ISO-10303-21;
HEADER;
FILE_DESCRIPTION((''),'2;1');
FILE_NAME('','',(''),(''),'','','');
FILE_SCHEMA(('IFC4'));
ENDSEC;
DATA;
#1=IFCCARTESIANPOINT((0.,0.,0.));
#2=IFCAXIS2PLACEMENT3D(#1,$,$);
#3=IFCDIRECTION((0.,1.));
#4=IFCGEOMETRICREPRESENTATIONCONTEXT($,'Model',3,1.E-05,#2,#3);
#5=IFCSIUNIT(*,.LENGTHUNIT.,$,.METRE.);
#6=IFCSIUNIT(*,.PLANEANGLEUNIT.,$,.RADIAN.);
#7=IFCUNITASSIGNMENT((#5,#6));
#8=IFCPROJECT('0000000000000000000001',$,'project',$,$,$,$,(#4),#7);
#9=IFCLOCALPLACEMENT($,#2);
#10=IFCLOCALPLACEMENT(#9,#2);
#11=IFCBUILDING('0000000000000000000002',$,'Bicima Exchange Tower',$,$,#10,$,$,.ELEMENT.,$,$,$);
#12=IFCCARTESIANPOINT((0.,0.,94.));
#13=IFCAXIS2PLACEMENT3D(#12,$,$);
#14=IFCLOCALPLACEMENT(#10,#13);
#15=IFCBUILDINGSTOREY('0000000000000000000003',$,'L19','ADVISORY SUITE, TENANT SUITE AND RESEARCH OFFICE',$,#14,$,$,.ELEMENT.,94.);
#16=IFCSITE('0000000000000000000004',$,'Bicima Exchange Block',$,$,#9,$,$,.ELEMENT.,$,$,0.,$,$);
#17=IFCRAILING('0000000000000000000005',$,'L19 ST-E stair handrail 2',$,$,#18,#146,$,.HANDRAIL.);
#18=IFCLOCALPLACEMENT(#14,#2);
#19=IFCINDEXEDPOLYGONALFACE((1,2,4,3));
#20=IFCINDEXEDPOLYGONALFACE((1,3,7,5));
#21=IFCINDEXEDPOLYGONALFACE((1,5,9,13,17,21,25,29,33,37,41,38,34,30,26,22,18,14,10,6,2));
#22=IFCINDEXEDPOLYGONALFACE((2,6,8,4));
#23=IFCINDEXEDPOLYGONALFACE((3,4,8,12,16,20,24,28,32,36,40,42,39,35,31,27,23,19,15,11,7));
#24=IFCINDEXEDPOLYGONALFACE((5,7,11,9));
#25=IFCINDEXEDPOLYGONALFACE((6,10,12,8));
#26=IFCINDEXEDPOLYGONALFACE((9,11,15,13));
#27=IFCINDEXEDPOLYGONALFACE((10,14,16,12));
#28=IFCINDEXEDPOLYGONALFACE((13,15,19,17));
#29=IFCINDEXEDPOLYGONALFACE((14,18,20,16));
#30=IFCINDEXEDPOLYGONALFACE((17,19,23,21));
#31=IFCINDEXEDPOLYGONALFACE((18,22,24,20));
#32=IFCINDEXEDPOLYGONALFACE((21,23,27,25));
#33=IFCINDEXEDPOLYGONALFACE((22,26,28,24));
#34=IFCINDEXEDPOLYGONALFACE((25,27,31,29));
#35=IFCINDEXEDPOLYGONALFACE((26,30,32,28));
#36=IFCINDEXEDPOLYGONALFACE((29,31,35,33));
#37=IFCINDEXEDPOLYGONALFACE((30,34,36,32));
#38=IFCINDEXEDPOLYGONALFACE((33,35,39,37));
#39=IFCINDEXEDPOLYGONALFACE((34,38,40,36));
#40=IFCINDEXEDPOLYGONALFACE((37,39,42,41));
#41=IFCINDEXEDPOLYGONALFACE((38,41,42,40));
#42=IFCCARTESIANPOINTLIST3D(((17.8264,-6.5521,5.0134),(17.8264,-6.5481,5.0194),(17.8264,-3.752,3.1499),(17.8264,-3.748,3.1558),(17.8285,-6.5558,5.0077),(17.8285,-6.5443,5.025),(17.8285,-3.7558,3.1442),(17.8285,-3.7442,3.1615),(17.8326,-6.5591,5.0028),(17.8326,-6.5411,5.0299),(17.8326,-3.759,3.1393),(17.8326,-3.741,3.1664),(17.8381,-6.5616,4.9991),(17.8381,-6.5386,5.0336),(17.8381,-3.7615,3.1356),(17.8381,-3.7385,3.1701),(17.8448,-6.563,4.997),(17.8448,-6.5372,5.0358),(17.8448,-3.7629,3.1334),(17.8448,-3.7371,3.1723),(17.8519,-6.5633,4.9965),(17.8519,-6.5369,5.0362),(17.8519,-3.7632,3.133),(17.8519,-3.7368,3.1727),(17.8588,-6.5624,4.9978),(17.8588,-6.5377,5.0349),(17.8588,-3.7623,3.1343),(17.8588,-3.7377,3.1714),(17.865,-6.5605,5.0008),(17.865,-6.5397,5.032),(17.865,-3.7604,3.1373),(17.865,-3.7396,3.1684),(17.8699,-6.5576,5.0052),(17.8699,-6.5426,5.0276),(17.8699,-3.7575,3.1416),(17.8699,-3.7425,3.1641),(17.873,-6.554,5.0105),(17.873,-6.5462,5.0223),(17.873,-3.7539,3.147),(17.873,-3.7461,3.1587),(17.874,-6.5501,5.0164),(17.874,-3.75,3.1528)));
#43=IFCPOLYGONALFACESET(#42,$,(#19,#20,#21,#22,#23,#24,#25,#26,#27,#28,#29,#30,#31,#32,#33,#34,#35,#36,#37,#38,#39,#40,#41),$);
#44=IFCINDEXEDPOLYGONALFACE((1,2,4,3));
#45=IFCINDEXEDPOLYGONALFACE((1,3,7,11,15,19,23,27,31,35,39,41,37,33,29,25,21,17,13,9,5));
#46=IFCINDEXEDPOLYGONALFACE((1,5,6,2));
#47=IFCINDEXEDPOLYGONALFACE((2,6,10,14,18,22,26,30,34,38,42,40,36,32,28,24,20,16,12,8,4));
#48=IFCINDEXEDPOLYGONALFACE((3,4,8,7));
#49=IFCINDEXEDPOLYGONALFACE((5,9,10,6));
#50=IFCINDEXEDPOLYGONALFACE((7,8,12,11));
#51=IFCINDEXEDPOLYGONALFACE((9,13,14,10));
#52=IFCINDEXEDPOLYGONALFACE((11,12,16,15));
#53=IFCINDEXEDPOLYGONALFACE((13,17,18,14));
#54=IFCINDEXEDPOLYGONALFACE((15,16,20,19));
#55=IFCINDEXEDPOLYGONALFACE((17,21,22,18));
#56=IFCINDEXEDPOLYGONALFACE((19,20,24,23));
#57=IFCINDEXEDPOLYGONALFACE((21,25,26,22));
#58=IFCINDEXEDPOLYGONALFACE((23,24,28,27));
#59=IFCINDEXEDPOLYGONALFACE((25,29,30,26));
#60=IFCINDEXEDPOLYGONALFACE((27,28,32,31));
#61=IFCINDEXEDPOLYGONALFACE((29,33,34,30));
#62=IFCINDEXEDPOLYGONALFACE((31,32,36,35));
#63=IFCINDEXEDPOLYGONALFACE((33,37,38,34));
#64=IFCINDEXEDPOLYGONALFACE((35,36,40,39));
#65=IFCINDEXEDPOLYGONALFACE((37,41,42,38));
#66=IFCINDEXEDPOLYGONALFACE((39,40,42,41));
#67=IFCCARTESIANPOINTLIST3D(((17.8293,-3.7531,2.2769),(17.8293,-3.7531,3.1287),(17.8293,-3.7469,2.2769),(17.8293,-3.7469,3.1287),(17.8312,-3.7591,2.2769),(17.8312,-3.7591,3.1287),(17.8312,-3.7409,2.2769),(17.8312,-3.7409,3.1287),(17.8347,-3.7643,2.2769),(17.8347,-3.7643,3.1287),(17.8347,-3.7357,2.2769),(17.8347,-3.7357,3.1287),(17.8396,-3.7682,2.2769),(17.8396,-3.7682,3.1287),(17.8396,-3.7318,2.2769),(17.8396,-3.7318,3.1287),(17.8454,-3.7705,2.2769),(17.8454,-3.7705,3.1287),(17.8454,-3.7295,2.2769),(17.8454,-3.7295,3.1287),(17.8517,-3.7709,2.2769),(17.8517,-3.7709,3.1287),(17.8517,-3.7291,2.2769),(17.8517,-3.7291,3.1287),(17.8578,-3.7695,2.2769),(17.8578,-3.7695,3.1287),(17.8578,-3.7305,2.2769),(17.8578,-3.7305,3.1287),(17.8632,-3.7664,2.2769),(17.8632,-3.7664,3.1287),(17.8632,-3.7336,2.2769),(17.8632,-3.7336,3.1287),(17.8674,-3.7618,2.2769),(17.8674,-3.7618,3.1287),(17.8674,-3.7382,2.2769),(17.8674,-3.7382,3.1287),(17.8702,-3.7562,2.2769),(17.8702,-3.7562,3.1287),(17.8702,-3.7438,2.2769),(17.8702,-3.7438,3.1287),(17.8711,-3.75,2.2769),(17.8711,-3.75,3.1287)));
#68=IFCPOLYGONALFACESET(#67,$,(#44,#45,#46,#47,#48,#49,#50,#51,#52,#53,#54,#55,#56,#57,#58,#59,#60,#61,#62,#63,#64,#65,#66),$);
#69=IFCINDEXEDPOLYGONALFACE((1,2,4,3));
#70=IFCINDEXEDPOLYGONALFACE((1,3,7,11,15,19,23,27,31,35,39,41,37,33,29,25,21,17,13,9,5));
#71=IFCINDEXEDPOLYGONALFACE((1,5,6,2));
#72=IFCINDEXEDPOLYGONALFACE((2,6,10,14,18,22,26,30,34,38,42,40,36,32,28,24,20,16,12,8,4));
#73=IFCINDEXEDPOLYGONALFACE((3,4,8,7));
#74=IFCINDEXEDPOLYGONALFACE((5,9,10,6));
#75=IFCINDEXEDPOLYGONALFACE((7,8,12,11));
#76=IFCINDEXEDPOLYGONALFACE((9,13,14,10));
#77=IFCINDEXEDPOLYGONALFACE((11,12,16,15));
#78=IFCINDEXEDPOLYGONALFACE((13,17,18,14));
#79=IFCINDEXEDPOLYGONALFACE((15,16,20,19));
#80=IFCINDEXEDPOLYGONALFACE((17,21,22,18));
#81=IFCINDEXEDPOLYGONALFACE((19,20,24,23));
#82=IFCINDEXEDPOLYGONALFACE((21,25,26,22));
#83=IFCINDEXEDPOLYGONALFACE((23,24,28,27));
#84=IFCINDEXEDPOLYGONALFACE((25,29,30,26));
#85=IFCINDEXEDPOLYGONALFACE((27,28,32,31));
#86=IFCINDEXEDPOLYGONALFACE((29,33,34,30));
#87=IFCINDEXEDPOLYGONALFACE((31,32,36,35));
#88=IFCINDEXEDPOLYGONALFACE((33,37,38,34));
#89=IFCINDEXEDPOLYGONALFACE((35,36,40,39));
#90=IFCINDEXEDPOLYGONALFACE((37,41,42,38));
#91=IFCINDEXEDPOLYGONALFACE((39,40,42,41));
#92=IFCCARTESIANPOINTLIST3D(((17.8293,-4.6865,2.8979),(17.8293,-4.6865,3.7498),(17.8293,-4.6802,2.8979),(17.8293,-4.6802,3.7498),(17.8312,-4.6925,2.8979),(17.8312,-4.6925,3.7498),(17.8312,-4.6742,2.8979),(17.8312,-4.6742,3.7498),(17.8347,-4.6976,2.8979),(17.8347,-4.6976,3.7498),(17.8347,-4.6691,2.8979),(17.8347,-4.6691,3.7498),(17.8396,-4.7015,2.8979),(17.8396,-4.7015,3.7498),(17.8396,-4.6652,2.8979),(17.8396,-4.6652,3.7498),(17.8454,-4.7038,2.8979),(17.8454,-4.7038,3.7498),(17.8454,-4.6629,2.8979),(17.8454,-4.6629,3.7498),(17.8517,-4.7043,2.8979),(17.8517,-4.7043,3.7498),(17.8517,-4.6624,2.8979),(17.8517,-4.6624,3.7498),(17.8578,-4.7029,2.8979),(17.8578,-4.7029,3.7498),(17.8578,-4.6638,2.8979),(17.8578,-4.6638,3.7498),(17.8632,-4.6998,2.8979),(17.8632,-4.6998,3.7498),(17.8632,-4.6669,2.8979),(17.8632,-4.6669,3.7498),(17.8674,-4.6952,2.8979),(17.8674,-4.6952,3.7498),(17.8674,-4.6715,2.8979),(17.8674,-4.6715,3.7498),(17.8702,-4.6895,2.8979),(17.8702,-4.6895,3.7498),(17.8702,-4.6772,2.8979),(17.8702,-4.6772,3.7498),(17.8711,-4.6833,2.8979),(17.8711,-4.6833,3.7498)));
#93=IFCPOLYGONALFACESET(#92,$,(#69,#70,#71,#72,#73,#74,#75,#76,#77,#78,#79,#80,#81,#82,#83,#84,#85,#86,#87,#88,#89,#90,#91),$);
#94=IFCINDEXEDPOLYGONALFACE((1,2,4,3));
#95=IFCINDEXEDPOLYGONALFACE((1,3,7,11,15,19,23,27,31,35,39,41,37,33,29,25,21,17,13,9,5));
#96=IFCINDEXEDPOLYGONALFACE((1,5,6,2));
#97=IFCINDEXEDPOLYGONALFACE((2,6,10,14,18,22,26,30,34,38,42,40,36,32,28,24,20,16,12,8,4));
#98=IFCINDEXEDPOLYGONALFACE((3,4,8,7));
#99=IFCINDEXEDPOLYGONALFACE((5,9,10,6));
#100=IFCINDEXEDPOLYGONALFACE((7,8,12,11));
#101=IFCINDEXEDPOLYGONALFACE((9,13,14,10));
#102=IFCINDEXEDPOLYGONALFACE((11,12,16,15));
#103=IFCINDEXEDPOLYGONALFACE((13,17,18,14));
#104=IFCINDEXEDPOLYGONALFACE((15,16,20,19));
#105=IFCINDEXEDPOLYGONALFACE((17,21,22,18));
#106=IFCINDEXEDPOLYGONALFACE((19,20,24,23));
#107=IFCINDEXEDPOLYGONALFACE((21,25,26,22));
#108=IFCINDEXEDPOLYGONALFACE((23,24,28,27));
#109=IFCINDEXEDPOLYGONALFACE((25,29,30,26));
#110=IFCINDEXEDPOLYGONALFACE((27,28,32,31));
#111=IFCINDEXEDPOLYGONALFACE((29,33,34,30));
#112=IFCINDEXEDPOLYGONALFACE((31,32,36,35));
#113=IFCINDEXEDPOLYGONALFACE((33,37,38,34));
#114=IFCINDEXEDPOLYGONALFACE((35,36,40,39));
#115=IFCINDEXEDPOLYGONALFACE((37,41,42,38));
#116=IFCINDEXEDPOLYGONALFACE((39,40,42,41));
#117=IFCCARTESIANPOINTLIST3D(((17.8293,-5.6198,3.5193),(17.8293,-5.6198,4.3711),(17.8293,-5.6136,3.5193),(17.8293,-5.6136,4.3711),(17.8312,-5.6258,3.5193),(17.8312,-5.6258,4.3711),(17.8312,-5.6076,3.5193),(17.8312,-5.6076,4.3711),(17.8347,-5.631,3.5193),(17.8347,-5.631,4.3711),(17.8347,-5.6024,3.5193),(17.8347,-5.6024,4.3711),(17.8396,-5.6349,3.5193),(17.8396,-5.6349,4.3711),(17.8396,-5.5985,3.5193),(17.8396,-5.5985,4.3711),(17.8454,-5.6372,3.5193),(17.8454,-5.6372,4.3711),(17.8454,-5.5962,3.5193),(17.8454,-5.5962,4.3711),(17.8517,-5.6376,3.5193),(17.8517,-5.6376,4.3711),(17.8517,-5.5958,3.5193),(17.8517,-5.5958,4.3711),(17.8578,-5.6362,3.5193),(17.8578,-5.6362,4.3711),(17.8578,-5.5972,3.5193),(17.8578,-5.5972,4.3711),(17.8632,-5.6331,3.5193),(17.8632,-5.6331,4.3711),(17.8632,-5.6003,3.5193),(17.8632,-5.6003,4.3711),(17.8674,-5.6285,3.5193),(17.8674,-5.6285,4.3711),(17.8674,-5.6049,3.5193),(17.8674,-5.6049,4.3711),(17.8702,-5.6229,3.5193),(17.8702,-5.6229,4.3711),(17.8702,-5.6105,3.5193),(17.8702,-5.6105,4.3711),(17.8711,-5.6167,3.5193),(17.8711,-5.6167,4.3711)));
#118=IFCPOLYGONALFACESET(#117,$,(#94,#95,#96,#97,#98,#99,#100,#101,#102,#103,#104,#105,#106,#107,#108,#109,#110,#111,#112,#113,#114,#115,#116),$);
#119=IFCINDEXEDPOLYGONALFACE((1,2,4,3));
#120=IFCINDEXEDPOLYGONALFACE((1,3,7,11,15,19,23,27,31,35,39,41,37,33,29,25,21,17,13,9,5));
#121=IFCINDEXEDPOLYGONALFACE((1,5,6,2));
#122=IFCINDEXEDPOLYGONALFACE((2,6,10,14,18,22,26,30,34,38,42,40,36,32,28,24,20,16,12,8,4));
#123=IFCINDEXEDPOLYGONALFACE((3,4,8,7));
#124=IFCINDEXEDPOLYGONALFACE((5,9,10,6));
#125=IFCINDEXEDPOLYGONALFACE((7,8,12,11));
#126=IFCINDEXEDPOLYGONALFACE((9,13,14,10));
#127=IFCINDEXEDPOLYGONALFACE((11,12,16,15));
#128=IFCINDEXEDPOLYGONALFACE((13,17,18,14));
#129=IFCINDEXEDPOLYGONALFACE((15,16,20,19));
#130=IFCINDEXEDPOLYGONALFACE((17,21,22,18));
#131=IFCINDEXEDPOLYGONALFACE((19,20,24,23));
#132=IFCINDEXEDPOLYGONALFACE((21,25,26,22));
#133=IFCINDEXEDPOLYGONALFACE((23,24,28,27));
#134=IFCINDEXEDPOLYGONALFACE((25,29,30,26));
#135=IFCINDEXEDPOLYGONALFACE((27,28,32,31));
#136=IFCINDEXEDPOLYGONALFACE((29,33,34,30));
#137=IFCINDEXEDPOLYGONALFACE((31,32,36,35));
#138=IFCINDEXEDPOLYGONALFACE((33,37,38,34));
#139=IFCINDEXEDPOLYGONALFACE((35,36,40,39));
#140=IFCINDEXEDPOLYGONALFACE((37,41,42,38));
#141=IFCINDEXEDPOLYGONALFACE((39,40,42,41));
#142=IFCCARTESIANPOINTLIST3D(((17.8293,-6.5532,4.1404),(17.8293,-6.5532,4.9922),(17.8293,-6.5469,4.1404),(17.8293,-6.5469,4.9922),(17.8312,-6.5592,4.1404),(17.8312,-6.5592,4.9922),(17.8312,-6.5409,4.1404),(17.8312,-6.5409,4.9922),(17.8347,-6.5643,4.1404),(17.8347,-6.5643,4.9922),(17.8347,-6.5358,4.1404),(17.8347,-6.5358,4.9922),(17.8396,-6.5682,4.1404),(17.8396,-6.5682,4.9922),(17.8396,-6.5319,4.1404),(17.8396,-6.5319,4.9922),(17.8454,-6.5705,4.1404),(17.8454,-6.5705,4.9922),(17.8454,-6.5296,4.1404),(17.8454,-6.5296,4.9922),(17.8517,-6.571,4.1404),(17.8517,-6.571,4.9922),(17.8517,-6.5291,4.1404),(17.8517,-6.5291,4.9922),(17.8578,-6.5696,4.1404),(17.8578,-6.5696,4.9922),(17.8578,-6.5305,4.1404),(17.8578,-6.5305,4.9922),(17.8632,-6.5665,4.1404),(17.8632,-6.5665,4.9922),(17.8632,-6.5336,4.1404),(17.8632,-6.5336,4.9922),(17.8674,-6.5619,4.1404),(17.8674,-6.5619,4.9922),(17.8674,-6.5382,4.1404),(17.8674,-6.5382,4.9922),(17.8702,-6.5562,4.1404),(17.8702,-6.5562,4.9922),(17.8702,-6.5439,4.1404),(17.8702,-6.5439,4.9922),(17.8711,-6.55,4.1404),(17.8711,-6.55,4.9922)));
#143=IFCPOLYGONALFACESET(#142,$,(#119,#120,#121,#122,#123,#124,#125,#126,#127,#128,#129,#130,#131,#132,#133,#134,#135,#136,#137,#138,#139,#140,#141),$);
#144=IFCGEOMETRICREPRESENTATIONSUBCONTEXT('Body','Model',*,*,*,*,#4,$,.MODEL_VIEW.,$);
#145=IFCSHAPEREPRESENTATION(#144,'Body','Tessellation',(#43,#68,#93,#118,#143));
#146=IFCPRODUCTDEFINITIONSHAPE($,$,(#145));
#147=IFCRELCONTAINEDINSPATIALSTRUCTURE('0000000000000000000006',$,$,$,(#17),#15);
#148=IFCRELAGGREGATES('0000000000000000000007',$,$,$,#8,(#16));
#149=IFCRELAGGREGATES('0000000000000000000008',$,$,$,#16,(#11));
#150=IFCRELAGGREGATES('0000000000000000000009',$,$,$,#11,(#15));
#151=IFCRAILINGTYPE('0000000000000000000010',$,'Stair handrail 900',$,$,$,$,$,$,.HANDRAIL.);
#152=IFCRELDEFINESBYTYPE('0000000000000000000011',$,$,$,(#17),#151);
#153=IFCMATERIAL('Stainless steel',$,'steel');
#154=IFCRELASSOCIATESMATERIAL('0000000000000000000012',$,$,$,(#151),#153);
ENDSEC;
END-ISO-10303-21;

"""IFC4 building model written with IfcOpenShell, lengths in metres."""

from ifc_helpers import new_model, si_unit, direction, frame, origin, origin_2d, place, context, subcontext, project, spatial, circle, extrude, material, type_object, element, save


model = new_model("IFC4")

# Units and contexts
model_context = context("Model", 3, precision=1e-05, world=origin(), true_north=direction((0.0, 1.0)))
body_context = subcontext(model_context, "Body", "Model", "MODEL_VIEW")
ifc_project = project(units=[si_unit("LENGTHUNIT", "METRE"), si_unit("PLANEANGLEUNIT", "RADIAN")], contexts=[model_context])

# Site, building, storey
site_placement = place(None, origin())
site = spatial("IfcSite", under=ifc_project, at=site_placement, Name="Bicima Exchange Block", CompositionType="ELEMENT", RefElevation=0.0)
building_placement = place(site_placement, origin())
building = spatial("IfcBuilding", under=site, at=building_placement, Name="Bicima Exchange Tower", CompositionType="ELEMENT")
storey_placement = place(building_placement, frame((0.0, 0.0, 94.0)))
storey = spatial("IfcBuildingStorey", under=building, at=storey_placement, Name="L19", Description="ADVISORY SUITE, TENANT SUITE AND RESEARCH OFFICE", CompositionType="ELEMENT", Elevation=94.0)

# Railing
ifc_material_1 = material(Name="Stainless steel", Category="steel")
railing_type_1 = type_object("IfcRailingType", Name="Stair handrail 900", PredefinedType="HANDRAIL", material=ifc_material_1)
railing_1_placement = place(storey_placement, frame((17.8501, -3.75, 2.2769)))
element("IfcRailing", 1, at=railing_1_placement, inside=storey, type_object=railing_type_1, Name="L19 ST-E stair handrail 2", PredefinedType="HANDRAIL", context=body_context, shape_type="SweptSolid", body=[
    extrude(circle(Radius=0.0239, at=origin_2d()), frame((0.0, 0.0, 0.876), z_axis=(0.0, -0.832486, 0.554047), x_axis=(1.0, 0.0, 0.0)), (0.0, 0.0, 1.0), 3.3635),
    extrude(circle(Radius=0.021, at=origin_2d()), origin(), (0.0, 0.0, 1.0), 0.8518),
    extrude(circle(Radius=0.021, at=origin_2d()), frame((0.0, -0.9333, 0.6211)), (0.0, 0.0, 1.0), 0.8518),
    extrude(circle(Radius=0.021, at=origin_2d()), frame((0.0, -1.8667, 1.2424)), (0.0, 0.0, 1.0), 0.8518),
    extrude(circle(Radius=0.021, at=origin_2d()), frame((0.0, -2.8, 1.8635)), (0.0, 0.0, 1.0), 0.8518),
])

save(model, "model.ifc")
